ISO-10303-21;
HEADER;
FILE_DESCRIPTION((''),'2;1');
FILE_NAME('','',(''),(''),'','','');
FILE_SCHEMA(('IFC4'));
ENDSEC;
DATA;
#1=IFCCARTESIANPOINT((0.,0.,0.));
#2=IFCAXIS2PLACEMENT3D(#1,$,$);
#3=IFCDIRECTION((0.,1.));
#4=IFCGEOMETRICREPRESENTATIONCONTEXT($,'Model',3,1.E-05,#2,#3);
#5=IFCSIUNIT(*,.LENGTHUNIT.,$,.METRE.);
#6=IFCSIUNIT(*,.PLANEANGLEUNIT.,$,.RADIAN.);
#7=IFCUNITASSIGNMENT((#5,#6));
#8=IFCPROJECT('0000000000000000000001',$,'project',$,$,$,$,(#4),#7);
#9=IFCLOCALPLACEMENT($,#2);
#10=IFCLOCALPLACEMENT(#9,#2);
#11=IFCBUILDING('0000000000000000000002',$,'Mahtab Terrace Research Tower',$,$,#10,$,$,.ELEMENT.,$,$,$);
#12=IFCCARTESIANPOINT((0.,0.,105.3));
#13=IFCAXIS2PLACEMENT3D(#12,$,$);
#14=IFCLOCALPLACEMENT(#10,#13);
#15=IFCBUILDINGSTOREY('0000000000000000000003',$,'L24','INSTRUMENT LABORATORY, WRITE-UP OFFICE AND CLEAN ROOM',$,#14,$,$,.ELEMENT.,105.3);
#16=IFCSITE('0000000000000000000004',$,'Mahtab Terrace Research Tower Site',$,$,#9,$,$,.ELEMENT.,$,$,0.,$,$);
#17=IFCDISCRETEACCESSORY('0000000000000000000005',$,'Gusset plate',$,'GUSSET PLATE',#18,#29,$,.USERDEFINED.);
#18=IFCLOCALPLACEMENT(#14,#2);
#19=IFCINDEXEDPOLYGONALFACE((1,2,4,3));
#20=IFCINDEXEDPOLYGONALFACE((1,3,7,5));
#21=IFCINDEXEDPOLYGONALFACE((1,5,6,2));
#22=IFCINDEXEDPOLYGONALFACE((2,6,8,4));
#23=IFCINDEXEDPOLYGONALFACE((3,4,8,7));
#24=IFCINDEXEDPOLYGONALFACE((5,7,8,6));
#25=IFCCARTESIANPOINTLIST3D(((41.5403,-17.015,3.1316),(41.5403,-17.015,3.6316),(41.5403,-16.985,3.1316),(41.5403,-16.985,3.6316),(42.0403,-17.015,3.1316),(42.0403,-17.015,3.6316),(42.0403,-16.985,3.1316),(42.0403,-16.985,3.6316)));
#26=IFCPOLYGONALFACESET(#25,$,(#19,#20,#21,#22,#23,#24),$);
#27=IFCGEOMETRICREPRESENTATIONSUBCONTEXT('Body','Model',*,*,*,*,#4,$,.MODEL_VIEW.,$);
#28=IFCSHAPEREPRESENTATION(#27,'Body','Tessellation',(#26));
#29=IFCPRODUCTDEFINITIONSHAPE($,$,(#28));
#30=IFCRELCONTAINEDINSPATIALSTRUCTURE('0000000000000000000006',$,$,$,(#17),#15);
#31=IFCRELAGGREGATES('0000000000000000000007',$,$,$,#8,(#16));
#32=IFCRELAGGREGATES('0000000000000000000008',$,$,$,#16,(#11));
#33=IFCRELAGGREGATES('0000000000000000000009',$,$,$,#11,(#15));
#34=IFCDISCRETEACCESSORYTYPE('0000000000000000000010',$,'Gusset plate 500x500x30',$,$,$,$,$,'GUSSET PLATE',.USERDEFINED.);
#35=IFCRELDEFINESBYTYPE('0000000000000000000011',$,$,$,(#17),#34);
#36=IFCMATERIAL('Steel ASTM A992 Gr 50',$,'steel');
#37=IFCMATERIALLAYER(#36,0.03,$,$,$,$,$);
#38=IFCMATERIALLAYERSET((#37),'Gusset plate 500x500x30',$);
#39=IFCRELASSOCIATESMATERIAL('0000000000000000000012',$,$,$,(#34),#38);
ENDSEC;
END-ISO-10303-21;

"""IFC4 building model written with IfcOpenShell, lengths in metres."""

from ifc_helpers import new_model, si_unit, direction, frame, origin, origin_2d, place, context, subcontext, project, spatial, rectangle, extrude, material, layer, layer_set, type_object, element, save


model = new_model("IFC4")

# Units and contexts
model_context = context("Model", 3, precision=1e-05, world=origin(), true_north=direction((0.0, 1.0)))
body_context = subcontext(model_context, "Body", "Model", "MODEL_VIEW")
ifc_project = project(units=[si_unit("LENGTHUNIT", "METRE"), si_unit("PLANEANGLEUNIT", "RADIAN")], contexts=[model_context])

# Site, building, storey
site_placement = place(None, origin())
site = spatial("IfcSite", under=ifc_project, at=site_placement, Name="Mahtab Terrace Research Tower Site", CompositionType="ELEMENT", RefElevation=0.0)
building_placement = place(site_placement, origin())
building = spatial("IfcBuilding", under=site, at=building_placement, Name="Mahtab Terrace Research Tower", CompositionType="ELEMENT")
storey_placement = place(building_placement, frame((0.0, 0.0, 105.3)))
storey = spatial("IfcBuildingStorey", under=building, at=storey_placement, Name="L24", Description="INSTRUMENT LABORATORY, WRITE-UP OFFICE AND CLEAN ROOM", CompositionType="ELEMENT", Elevation=105.3)

# Shared definitions
ifc_material_1 = material(Name="Steel ASTM A992 Gr 50", Category="steel")

# Discrete accessory
ifc_layer_1 = layer(ifc_material_1, 0.03)
ifc_layer_set_1 = layer_set([ifc_layer_1], Name="Gusset plate 500x500x30")
discrete_accessory_type = type_object("IfcDiscreteAccessoryType", Name="Gusset plate 500x500x30", ElementType="GUSSET PLATE", PredefinedType="USERDEFINED", material=ifc_layer_set_1)
discrete_accessory_placement = place(storey_placement, frame((41.7903, -17.0, 3.1316), z_axis=(0.0, 0.0, 1.0), x_axis=(1.0, 0.0, 0.0)))
element("IfcDiscreteAccessory", 1, at=discrete_accessory_placement, inside=storey, type_object=discrete_accessory_type, Name="Gusset plate", ObjectType="GUSSET PLATE", PredefinedType="USERDEFINED", context=body_context, shape_type="SweptSolid", body=[
    extrude(rectangle(XDim=0.5, YDim=0.03, at=origin_2d()), origin(), (0.0, 0.0, 1.0), 0.5),
])

save(model, "model.ifc")
